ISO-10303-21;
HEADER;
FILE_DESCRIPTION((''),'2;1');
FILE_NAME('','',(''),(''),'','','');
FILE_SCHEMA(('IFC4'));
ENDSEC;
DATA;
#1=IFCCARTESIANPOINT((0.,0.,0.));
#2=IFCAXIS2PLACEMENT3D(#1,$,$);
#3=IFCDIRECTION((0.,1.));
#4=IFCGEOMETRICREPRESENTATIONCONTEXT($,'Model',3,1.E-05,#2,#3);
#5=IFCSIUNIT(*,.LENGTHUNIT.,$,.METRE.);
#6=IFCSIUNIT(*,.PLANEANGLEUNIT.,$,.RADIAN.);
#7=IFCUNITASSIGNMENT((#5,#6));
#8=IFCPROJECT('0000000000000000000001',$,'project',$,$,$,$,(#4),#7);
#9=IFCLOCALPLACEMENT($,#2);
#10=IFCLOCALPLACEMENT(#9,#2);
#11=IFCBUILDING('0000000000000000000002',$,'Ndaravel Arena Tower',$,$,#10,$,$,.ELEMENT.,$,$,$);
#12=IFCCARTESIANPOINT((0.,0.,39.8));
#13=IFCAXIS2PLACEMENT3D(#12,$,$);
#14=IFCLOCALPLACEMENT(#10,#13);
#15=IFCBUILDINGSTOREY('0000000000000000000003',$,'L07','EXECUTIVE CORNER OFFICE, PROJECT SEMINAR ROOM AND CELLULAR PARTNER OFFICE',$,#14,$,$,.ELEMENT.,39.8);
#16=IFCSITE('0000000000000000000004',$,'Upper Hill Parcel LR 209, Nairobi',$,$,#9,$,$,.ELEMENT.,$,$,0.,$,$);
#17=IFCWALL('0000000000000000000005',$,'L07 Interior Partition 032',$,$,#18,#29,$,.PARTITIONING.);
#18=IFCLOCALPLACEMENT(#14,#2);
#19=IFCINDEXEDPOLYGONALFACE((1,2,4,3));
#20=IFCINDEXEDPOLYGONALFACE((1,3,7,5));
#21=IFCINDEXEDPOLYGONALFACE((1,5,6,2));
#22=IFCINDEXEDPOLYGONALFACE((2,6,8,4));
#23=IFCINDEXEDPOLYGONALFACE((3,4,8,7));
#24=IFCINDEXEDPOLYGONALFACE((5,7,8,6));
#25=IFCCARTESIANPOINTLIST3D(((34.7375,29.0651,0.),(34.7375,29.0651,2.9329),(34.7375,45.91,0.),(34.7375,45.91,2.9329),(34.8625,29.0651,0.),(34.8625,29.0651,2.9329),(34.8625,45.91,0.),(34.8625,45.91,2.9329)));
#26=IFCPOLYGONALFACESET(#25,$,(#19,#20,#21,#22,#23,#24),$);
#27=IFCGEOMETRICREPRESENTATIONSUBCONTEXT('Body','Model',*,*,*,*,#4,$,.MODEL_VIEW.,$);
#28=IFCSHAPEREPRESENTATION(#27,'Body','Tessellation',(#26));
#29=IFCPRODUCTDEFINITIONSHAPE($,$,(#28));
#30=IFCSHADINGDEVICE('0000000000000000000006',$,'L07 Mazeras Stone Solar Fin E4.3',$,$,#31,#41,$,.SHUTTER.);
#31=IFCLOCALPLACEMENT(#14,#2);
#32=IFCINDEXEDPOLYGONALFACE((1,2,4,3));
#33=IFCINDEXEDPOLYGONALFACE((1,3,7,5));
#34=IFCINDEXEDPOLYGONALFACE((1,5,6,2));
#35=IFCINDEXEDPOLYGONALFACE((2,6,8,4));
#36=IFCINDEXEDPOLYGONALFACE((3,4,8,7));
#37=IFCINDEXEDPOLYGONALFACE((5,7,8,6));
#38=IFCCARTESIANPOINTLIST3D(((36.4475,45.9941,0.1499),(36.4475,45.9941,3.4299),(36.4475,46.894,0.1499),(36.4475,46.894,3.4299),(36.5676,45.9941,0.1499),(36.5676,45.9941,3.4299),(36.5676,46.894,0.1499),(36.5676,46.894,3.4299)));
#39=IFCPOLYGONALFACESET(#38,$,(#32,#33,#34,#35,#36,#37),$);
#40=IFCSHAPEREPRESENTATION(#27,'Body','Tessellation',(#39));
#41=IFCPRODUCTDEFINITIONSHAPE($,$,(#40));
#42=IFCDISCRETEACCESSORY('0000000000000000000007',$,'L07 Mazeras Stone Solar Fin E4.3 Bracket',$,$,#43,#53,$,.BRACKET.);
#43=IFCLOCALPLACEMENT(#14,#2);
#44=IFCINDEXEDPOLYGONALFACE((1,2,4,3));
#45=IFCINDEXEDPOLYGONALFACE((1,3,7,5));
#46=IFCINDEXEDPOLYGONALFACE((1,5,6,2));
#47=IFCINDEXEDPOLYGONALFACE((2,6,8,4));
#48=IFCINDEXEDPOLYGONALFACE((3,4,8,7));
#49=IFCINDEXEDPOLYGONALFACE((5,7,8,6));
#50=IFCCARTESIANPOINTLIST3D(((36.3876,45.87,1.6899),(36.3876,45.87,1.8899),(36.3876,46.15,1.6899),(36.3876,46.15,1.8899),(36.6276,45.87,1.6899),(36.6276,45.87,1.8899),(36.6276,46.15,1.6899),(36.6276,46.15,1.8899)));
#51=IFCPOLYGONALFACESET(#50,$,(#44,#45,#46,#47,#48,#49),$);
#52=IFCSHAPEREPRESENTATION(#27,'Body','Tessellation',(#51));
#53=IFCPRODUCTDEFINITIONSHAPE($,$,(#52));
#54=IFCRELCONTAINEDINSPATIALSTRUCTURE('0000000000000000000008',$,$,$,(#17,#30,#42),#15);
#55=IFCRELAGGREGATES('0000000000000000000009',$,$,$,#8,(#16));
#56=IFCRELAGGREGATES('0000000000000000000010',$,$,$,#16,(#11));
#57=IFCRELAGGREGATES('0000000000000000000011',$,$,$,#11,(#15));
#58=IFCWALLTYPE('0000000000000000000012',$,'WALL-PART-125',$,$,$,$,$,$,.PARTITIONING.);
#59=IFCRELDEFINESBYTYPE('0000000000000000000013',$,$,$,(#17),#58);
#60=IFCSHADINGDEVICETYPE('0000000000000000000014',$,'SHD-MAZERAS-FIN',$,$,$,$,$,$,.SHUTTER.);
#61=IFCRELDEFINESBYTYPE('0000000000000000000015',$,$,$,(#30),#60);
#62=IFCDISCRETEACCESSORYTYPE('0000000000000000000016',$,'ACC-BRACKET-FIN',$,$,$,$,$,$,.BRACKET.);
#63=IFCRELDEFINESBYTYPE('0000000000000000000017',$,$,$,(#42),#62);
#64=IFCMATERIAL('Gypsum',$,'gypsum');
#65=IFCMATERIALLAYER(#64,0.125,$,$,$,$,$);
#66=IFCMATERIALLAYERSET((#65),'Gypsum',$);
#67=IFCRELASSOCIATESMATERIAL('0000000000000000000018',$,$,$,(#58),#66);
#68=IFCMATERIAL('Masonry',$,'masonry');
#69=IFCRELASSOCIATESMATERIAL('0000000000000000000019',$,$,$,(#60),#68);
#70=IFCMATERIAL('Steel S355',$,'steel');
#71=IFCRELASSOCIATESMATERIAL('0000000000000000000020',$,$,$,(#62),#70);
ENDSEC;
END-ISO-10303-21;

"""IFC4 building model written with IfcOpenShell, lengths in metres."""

from ifc_helpers import new_model, si_unit, direction, frame, frame_2d, origin, origin_2d, place, context, subcontext, project, spatial, rectangle, extrude, material, layer, layer_set, type_object, element, save


model = new_model("IFC4")

# Units and contexts
model_context = context("Model", 3, precision=1e-05, world=origin(), true_north=direction((0.0, 1.0)))
body_context = subcontext(model_context, "Body", "Model", "MODEL_VIEW")
ifc_project = project(units=[si_unit("LENGTHUNIT", "METRE"), si_unit("PLANEANGLEUNIT", "RADIAN")], contexts=[model_context])

# Site, building, storey
site_placement = place(None, origin())
site = spatial("IfcSite", under=ifc_project, at=site_placement, Name="Upper Hill Parcel LR 209, Nairobi", CompositionType="ELEMENT", RefElevation=0.0)
building_placement = place(site_placement, origin())
building = spatial("IfcBuilding", under=site, at=building_placement, Name="Ndaravel Arena Tower", CompositionType="ELEMENT")
storey_placement = place(building_placement, frame((0.0, 0.0, 39.8)))
storey = spatial("IfcBuildingStorey", under=building, at=storey_placement, Name="L07", Description="EXECUTIVE CORNER OFFICE, PROJECT SEMINAR ROOM AND CELLULAR PARTNER OFFICE", CompositionType="ELEMENT", Elevation=39.8)

# Wall
ifc_material_1 = material(Name="Gypsum", Category="gypsum")
ifc_layer_1 = layer(ifc_material_1, 0.125)
ifc_layer_set_1 = layer_set([ifc_layer_1], Name="Gypsum")
wall_type = type_object("IfcWallType", Name="WALL-PART-125", PredefinedType="PARTITIONING", material=ifc_layer_set_1)
wall_placement = place(storey_placement, frame((34.8, 45.9099, 0.0), z_axis=(0.0, 0.0, 1.0), x_axis=(0.0, -1.0, 0.0)))
element("IfcWall", 1, at=wall_placement, inside=storey, type_object=wall_type, Name="L07 Interior Partition 032", PredefinedType="PARTITIONING", context=body_context, shape_type="SweptSolid", body=[
    extrude(rectangle(XDim=16.845, YDim=0.125, at=frame_2d((8.4224, 0.0))), origin(), (0.0, 0.0, 1.0), 2.9329),
])

# Shading device
ifc_material_2 = material(Name="Masonry", Category="masonry")
shading_device_type = type_object("IfcShadingDeviceType", Name="SHD-MAZERAS-FIN", PredefinedType="SHUTTER", material=ifc_material_2)
shading_device_placement = place(storey_placement, frame((36.5076, 46.4441, 0.1499), z_axis=(0.0, 0.0, 1.0), x_axis=(0.0, 1.0, 0.0)))
element("IfcShadingDevice", 2, at=shading_device_placement, inside=storey, type_object=shading_device_type, Name="L07 Mazeras Stone Solar Fin E4.3", PredefinedType="SHUTTER", context=body_context, shape_type="SweptSolid", body=[
    extrude(rectangle(XDim=0.8999, YDim=0.1201, at=origin_2d()), origin(), (0.0, 0.0, 1.0), 3.28),
])

# Discrete accessory
ifc_material_3 = material(Name="Steel S355", Category="steel")
discrete_accessory_type = type_object("IfcDiscreteAccessoryType", Name="ACC-BRACKET-FIN", PredefinedType="BRACKET", material=ifc_material_3)
discrete_accessory_placement = place(storey_placement, frame((36.5076, 46.01, 1.6899), z_axis=(0.0, 0.0, 1.0), x_axis=(0.0, 1.0, 0.0)))
element("IfcDiscreteAccessory", 3, at=discrete_accessory_placement, inside=storey, type_object=discrete_accessory_type, Name="L07 Mazeras Stone Solar Fin E4.3 Bracket", PredefinedType="BRACKET", context=body_context, shape_type="SweptSolid", body=[
    extrude(rectangle(XDim=0.28, YDim=0.24, at=origin_2d()), origin(), (0.0, 0.0, 1.0), 0.2),
])

save(model, "model.ifc")
